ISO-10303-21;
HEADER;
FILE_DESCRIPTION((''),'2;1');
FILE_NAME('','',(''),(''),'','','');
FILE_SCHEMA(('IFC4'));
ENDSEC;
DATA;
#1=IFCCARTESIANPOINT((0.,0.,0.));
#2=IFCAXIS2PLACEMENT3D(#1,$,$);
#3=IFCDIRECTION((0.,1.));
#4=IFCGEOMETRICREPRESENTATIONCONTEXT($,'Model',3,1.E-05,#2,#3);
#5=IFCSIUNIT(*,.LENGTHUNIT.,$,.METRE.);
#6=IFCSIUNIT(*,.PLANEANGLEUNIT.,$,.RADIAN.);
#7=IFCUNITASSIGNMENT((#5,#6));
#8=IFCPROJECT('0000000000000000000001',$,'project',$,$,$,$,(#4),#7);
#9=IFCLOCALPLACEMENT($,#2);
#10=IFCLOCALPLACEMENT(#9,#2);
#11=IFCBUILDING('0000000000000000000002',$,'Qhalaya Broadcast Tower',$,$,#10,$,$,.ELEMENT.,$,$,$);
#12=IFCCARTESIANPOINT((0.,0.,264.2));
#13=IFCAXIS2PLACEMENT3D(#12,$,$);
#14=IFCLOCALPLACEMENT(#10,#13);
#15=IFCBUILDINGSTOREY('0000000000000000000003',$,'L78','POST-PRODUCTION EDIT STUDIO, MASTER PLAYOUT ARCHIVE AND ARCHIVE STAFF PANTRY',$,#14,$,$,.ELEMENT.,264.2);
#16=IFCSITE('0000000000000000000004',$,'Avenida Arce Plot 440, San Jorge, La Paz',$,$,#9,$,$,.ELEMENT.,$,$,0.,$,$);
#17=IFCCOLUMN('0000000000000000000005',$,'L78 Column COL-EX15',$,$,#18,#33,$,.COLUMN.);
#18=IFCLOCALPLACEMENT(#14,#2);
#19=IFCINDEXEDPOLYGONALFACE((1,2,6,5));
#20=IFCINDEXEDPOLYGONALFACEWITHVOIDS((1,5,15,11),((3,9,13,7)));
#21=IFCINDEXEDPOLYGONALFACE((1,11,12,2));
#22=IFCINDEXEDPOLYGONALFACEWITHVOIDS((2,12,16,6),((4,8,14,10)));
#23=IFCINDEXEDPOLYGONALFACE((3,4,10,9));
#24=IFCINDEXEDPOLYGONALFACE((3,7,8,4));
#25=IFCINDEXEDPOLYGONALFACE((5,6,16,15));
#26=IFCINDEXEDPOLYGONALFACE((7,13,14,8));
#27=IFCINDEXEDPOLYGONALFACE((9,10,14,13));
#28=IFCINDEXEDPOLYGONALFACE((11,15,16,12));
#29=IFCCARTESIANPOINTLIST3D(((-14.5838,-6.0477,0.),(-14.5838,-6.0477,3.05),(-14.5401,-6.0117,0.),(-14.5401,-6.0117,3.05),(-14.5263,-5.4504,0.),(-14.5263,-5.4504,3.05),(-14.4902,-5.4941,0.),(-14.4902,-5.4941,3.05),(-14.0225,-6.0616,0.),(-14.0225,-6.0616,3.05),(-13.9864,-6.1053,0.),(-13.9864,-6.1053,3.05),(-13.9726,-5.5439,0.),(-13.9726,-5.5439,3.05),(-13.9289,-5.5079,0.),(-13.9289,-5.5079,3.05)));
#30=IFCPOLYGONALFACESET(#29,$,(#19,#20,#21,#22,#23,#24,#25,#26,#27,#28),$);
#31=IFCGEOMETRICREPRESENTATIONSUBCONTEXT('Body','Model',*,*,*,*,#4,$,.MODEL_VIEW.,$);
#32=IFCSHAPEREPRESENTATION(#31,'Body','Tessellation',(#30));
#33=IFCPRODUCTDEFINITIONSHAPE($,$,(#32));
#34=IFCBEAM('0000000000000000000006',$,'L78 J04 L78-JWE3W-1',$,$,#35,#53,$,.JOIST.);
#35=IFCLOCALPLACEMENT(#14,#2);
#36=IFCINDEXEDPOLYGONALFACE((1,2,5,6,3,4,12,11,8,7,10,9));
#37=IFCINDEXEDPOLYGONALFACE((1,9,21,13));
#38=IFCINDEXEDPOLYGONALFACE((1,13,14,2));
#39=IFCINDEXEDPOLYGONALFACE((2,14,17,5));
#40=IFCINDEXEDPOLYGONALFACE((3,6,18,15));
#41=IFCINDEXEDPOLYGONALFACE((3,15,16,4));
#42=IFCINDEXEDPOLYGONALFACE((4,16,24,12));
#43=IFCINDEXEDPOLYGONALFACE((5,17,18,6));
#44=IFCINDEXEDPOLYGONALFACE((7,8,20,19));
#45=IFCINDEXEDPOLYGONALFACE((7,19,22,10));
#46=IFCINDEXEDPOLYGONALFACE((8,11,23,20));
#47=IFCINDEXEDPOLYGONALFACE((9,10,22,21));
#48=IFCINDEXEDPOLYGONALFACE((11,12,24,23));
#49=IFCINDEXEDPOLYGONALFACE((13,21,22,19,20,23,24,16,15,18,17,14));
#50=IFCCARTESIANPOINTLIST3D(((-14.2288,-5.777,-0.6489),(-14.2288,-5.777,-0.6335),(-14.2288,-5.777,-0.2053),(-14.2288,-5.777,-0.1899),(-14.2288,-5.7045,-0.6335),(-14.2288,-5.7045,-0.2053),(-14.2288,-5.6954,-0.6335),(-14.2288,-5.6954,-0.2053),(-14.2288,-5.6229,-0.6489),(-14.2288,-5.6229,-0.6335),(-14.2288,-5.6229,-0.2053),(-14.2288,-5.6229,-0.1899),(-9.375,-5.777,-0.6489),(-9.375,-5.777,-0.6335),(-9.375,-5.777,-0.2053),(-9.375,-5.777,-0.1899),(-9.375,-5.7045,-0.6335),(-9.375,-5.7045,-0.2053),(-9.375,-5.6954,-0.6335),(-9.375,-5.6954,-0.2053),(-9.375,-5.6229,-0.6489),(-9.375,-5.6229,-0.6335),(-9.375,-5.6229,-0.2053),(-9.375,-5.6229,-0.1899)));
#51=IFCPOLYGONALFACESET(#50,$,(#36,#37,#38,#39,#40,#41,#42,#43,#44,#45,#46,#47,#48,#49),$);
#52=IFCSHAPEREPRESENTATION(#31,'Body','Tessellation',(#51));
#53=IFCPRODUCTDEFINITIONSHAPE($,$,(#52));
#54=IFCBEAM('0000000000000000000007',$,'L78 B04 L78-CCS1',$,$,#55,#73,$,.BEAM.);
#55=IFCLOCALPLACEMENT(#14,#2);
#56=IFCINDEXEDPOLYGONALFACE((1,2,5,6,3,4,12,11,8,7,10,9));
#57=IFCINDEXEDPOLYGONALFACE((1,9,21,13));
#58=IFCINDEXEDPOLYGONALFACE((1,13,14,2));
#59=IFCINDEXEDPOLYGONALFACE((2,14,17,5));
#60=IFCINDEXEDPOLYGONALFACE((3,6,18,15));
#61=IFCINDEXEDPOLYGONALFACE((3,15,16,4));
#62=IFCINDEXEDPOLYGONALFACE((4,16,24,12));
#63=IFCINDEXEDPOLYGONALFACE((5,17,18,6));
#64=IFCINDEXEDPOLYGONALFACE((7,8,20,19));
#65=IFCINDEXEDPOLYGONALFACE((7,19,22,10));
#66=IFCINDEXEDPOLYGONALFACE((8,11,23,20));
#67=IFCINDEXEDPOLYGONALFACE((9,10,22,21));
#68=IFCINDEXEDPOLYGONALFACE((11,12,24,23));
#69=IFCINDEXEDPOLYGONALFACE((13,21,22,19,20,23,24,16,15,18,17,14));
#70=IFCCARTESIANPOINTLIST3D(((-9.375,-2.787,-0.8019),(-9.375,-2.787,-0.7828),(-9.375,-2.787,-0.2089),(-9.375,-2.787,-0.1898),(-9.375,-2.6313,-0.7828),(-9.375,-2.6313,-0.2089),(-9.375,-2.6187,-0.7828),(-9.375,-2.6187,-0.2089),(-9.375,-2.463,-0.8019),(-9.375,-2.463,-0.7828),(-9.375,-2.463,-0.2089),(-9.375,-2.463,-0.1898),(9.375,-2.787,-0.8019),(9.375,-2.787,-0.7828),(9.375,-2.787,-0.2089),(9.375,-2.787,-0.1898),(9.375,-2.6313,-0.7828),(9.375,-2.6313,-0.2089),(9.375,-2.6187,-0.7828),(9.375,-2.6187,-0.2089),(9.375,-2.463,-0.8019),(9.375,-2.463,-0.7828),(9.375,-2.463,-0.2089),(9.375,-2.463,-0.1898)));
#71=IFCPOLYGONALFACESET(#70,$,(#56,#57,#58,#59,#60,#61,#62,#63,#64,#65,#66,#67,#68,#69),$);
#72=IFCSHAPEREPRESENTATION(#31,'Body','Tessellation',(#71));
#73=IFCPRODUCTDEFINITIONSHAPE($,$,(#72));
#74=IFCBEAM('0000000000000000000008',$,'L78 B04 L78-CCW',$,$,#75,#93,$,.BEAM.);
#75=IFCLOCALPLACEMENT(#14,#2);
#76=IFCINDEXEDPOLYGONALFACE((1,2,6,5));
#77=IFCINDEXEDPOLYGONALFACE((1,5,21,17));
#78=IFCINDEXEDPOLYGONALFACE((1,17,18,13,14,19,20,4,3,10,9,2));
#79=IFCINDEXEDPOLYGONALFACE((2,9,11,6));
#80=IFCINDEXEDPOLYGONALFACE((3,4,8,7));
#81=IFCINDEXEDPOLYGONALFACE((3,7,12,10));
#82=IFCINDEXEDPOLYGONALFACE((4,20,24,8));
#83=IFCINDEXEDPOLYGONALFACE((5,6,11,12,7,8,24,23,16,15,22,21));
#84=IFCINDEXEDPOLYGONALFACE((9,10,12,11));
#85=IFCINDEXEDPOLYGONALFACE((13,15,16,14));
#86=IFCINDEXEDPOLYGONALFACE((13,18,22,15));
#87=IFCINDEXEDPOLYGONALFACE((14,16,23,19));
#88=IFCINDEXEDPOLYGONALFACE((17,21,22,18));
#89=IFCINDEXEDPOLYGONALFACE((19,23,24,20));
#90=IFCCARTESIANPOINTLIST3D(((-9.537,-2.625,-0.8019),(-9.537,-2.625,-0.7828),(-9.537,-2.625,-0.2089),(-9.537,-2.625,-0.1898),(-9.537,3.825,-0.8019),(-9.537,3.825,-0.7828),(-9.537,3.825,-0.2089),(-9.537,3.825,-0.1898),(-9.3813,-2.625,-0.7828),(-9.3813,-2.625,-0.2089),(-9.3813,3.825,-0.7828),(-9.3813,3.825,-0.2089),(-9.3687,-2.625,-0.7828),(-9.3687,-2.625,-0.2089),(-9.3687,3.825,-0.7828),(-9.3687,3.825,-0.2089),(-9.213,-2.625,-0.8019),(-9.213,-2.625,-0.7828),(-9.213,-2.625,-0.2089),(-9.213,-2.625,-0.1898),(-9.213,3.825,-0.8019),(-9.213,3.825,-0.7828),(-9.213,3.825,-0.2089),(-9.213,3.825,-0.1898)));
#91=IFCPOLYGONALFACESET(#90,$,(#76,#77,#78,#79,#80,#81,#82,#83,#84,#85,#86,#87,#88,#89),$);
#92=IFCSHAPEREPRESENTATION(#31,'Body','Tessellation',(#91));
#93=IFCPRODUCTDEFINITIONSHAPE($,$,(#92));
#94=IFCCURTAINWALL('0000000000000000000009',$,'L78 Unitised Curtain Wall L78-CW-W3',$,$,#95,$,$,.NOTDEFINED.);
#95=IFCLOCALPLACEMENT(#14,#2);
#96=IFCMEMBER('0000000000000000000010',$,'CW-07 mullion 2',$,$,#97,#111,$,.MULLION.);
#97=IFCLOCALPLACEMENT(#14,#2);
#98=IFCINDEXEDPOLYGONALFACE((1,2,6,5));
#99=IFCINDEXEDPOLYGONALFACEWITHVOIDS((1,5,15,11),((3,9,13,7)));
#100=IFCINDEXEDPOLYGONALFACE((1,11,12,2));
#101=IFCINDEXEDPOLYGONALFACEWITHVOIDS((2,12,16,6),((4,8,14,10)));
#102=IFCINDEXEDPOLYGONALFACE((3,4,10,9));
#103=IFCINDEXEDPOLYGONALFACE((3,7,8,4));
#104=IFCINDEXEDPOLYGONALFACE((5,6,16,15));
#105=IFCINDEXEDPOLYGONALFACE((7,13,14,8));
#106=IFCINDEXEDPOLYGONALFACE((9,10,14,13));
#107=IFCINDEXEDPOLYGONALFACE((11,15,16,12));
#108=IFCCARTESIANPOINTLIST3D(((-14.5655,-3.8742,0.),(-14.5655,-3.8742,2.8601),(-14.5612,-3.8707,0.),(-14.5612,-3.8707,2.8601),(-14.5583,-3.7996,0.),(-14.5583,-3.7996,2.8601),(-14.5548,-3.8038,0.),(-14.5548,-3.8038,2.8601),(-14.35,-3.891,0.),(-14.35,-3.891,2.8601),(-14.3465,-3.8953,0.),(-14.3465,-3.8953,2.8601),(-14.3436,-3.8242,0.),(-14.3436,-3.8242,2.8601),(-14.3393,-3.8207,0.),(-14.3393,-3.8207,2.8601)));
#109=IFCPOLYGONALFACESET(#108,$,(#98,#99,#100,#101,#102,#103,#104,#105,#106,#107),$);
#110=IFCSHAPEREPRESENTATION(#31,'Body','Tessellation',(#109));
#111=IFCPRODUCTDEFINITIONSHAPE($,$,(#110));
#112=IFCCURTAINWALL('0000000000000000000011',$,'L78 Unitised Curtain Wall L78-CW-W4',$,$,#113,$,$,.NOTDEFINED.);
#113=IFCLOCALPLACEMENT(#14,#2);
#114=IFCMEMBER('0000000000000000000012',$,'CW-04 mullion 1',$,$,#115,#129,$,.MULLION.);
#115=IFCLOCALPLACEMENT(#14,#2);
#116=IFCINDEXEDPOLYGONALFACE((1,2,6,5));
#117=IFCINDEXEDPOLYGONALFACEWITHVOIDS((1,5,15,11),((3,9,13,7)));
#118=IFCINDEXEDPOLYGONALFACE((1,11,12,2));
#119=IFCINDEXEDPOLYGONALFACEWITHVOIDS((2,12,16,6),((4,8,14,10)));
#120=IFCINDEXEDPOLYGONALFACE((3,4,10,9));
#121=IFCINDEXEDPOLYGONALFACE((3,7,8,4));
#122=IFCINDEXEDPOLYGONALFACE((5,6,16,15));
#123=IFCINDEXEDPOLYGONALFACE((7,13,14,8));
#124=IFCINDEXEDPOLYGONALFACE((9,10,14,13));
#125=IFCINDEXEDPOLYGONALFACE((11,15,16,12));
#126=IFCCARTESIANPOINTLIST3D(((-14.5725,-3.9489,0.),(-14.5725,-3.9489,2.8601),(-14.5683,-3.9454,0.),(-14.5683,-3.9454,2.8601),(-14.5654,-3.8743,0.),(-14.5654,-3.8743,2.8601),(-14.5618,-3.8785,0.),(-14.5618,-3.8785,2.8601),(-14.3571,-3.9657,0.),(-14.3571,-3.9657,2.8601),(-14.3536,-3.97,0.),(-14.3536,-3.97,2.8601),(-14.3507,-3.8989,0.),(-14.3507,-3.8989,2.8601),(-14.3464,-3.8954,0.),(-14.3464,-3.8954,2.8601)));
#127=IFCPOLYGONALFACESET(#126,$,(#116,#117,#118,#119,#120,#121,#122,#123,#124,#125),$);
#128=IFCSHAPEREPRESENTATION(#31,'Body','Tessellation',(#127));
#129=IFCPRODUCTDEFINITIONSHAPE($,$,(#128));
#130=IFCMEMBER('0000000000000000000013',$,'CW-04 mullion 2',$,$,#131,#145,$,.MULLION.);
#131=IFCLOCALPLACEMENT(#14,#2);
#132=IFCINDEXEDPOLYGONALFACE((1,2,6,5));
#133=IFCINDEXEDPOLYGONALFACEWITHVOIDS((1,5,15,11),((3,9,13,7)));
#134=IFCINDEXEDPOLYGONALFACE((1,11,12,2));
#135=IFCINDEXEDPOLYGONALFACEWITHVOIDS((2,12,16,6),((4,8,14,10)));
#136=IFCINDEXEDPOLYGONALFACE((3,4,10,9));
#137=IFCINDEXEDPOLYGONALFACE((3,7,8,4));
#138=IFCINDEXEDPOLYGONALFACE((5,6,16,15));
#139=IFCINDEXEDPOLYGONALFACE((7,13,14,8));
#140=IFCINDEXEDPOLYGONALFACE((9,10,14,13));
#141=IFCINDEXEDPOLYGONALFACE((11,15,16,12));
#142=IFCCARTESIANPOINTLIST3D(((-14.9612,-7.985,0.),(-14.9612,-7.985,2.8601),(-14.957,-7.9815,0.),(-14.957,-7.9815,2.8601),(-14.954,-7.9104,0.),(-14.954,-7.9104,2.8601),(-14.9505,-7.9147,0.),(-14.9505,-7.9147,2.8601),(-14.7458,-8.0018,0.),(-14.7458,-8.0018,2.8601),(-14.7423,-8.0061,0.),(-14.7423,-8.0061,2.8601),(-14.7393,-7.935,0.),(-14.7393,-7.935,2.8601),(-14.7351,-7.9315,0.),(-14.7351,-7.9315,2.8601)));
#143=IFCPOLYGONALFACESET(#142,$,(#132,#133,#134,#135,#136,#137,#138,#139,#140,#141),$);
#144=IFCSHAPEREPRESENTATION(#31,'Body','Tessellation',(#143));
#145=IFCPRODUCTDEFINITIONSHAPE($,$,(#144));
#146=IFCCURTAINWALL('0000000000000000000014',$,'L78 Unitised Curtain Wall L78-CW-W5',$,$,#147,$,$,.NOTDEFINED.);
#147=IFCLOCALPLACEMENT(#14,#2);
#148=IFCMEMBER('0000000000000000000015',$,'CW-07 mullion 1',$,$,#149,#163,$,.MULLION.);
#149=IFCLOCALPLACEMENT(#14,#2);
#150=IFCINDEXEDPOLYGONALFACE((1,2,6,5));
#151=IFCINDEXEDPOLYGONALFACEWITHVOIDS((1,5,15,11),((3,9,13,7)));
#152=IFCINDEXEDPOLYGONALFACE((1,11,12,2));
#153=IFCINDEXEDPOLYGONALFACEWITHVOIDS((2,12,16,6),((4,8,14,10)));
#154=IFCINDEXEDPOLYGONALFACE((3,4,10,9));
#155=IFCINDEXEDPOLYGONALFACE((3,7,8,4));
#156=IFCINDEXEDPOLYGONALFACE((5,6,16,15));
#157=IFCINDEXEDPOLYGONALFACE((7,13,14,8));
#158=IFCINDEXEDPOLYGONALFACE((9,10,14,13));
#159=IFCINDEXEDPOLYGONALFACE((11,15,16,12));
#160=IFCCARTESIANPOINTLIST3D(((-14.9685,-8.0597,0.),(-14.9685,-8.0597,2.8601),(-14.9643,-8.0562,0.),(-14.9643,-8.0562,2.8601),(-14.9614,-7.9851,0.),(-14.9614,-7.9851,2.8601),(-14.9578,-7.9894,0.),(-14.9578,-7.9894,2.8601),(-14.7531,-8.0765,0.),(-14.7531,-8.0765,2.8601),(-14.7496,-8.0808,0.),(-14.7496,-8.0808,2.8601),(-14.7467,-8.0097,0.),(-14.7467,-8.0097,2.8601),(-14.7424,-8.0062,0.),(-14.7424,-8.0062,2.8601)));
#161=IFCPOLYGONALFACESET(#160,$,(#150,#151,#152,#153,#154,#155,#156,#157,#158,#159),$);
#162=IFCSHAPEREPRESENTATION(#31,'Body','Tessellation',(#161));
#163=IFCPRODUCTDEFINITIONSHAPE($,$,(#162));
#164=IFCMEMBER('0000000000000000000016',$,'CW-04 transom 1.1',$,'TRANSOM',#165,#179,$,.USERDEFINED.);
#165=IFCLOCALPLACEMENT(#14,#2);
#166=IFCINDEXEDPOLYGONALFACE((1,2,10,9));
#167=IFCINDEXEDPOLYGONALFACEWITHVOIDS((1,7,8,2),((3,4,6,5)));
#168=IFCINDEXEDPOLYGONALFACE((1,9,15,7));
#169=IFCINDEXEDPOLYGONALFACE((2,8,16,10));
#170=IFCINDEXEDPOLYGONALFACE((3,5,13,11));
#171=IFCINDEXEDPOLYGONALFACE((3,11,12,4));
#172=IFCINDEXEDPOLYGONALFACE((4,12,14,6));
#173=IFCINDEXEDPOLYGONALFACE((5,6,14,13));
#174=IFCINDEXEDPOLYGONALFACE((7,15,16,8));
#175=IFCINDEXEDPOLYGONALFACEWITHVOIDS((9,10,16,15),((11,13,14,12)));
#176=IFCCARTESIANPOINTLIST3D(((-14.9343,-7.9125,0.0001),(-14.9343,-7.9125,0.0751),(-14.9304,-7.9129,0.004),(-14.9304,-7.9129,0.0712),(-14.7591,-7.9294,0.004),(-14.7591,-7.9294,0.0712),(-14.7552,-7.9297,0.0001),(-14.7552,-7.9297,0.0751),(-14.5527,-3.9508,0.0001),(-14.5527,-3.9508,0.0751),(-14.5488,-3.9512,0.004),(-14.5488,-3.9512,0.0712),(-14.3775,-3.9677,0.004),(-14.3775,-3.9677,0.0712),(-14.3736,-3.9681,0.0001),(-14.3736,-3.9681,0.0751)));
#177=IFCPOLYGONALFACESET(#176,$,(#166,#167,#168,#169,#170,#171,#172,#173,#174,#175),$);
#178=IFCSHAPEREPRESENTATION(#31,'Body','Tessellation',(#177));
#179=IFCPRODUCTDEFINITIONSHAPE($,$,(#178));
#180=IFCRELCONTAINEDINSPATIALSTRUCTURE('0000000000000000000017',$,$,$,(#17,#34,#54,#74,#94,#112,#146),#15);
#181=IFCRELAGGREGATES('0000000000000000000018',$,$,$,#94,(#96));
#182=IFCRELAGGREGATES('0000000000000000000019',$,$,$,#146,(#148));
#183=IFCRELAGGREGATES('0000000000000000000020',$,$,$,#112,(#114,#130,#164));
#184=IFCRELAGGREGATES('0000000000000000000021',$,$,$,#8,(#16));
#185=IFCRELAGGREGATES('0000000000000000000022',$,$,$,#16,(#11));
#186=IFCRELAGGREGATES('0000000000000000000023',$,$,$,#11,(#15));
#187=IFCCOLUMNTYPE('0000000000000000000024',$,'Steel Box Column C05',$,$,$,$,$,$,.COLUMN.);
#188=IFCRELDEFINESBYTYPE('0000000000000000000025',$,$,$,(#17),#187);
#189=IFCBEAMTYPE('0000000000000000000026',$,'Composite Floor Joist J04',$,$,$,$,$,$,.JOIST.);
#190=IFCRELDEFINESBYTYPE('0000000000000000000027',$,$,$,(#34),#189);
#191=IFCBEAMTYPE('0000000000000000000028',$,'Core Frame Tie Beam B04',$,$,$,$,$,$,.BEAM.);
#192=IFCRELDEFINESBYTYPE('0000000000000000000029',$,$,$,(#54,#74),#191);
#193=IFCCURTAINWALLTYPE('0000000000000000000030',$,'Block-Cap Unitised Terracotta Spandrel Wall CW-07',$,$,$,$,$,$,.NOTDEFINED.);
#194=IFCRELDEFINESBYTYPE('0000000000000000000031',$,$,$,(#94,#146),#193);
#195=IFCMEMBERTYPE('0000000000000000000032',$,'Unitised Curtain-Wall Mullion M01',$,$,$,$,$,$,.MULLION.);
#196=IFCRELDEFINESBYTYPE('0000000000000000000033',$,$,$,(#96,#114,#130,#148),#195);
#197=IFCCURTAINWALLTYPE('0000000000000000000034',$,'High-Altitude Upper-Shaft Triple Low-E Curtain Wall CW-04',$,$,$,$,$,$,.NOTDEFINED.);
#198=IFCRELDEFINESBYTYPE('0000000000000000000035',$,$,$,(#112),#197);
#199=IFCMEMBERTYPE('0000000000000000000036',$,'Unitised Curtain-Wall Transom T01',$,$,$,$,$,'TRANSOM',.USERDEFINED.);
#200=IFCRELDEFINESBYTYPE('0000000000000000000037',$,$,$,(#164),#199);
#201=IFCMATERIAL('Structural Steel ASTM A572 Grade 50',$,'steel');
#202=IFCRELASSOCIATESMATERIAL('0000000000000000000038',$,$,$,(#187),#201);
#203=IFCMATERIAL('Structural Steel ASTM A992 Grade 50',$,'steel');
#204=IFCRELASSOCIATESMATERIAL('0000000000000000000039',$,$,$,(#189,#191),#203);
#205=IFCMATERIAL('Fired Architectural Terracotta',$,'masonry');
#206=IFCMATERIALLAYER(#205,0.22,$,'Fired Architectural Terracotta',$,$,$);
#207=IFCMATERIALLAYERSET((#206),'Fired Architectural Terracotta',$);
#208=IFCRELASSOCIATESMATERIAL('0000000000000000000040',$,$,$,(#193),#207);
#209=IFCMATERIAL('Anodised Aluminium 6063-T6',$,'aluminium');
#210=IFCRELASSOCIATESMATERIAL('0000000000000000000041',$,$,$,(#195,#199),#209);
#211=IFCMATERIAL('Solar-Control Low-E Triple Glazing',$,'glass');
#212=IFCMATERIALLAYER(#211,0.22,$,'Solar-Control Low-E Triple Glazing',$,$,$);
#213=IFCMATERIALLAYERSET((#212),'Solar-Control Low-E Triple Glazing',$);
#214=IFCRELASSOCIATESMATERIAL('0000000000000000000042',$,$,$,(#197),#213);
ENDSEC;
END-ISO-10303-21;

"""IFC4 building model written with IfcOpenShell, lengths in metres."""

from ifc_helpers import new_model, si_unit, direction, frame, origin, origin_2d, place, context, subcontext, project, spatial, hollow_rectangle, i_section, extrude, material, layer, layer_set, material_profile, profile_set, type_object, element, aggregate, save


model = new_model("IFC4")

# Units and contexts
model_context = context("Model", 3, precision=1e-05, world=origin(), true_north=direction((0.0, 1.0)))
body_context = subcontext(model_context, "Body", "Model", "MODEL_VIEW")
ifc_project = project(units=[si_unit("LENGTHUNIT", "METRE"), si_unit("PLANEANGLEUNIT", "RADIAN")], contexts=[model_context])

# Site, building, storey
site_placement = place(None, origin())
site = spatial("IfcSite", under=ifc_project, at=site_placement, Name="Avenida Arce Plot 440, San Jorge, La Paz", CompositionType="ELEMENT", RefElevation=0.0)
building_placement = place(site_placement, origin())
building = spatial("IfcBuilding", under=site, at=building_placement, Name="Qhalaya Broadcast Tower", CompositionType="ELEMENT")
storey_placement = place(building_placement, frame((0.0, 0.0, 264.2)))
storey = spatial("IfcBuildingStorey", under=building, at=storey_placement, Name="L78", Description="POST-PRODUCTION EDIT STUDIO, MASTER PLAYOUT ARCHIVE AND ARCHIVE STAFF PANTRY", CompositionType="ELEMENT", Elevation=264.2)

# Column
ifc_material_1 = material(Name="Structural Steel ASTM A572 Grade 50", Category="steel")
ifc_material_profile_1 = material_profile(ifc_material_1, hollow_rectangle(XDim=0.6001, YDim=0.6001, WallThickness=0.04, at=origin_2d()), Name="BOX 600x600x40")
ifc_profile_set_1 = profile_set([ifc_material_profile_1], Name="Structural Steel ASTM A572 Grade 50")
column_type = type_object("IfcColumnType", Name="Steel Box Column C05", PredefinedType="COLUMN", material=ifc_profile_set_1)
column_placement = place(storey_placement, frame((-14.2563, -5.7778, 0.0), z_axis=(0.0, 0.0, 1.0), x_axis=(0.095846, 0.995396, 0.0)))
element("IfcColumn", 1, at=column_placement, inside=storey, type_object=column_type, Name="L78 Column COL-EX15", PredefinedType="COLUMN", context=body_context, shape_type="SweptSolid", body=[
    extrude(hollow_rectangle(XDim=0.6001, YDim=0.6001, WallThickness=0.04, at=origin_2d()), origin(), (0.0, 0.0, 1.0), 3.05),
])

# Beams
ifc_material_2 = material(Name="Structural Steel ASTM A992 Grade 50", Category="steel")
ifc_material_profile_2 = material_profile(ifc_material_2, i_section(OverallWidth=0.1541, OverallDepth=0.459, WebThickness=0.009, FlangeThickness=0.0154, at=origin_2d()), Name="W18X46")
ifc_profile_set_2 = profile_set([ifc_material_profile_2], Name="Structural Steel ASTM A992 Grade 50")
beam_type_1 = type_object("IfcBeamType", Name="Composite Floor Joist J04", PredefinedType="JOIST", material=ifc_profile_set_2)
beam_1_placement = place(storey_placement, frame((-14.2288, -5.7, -0.4194), z_axis=(1.0, 0.0, 0.0), x_axis=(0.0, 1.0, 0.0)))
element("IfcBeam", 2, at=beam_1_placement, inside=storey, type_object=beam_type_1, Name="L78 J04 L78-JWE3W-1", PredefinedType="JOIST", context=body_context, shape_type="SweptSolid", body=[
    extrude(i_section(OverallWidth=0.1541, OverallDepth=0.459, WebThickness=0.009, FlangeThickness=0.0154, at=origin_2d()), origin(), (0.0, 0.0, 1.0), 4.8538),
])
ifc_material_profile_3 = material_profile(ifc_material_2, i_section(OverallWidth=0.324, OverallDepth=0.6121, WebThickness=0.0127, FlangeThickness=0.019, at=origin_2d()), Name="W24X104")
ifc_profile_set_3 = profile_set([ifc_material_profile_3], Name="Structural Steel ASTM A992 Grade 50")
beam_type_2 = type_object("IfcBeamType", Name="Core Frame Tie Beam B04", PredefinedType="BEAM", material=ifc_profile_set_3)
beam_2_placement = place(storey_placement, frame((-9.375, -2.625, -0.4958), z_axis=(1.0, 0.0, 0.0), x_axis=(0.0, 1.0, 0.0)))
element("IfcBeam", 3, at=beam_2_placement, inside=storey, type_object=beam_type_2, Name="L78 B04 L78-CCS1", PredefinedType="BEAM", context=body_context, shape_type="SweptSolid", body=[
    extrude(i_section(OverallWidth=0.324, OverallDepth=0.6121, WebThickness=0.0127, FlangeThickness=0.019, at=origin_2d()), origin(), (0.0, 0.0, 1.0), 18.75),
])
beam_3_placement = place(storey_placement, frame((-9.375, -2.625, -0.4958), z_axis=(0.0, 1.0, 0.0), x_axis=(-1.0, 0.0, 0.0)))
element("IfcBeam", 4, at=beam_3_placement, inside=storey, type_object=beam_type_2, Name="L78 B04 L78-CCW", PredefinedType="BEAM", context=body_context, shape_type="SweptSolid", body=[
    extrude(i_section(OverallWidth=0.324, OverallDepth=0.6121, WebThickness=0.0127, FlangeThickness=0.019, at=origin_2d()), origin(), (0.0, 0.0, 1.0), 6.45),
])

# Curtain wall, member
ifc_material_3 = material(Name="Fired Architectural Terracotta", Category="masonry")
ifc_layer_1 = layer(ifc_material_3, 0.22, Name="Fired Architectural Terracotta")
ifc_layer_set_1 = layer_set([ifc_layer_1], Name="Fired Architectural Terracotta")
curtain_wall_type_1 = type_object("IfcCurtainWallType", Name="Block-Cap Unitised Terracotta Spandrel Wall CW-07", PredefinedType="NOTDEFINED", material=ifc_layer_set_1)
curtain_wall_1_placement = place(storey_placement, origin())
curtain_wall_1 = element("IfcCurtainWall", 5, at=curtain_wall_1_placement, inside=storey, type_object=curtain_wall_type_1, Name="L78 Unitised Curtain Wall L78-CW-W3", PredefinedType="NOTDEFINED")
ifc_material_4 = material(Name="Anodised Aluminium 6063-T6", Category="aluminium")
ifc_material_profile_4 = material_profile(ifc_material_4, hollow_rectangle(XDim=0.075, YDim=0.22, WallThickness=0.0039, at=origin_2d()), Name="ALU-MUL 75x220x4")
ifc_profile_set_4 = profile_set([ifc_material_profile_4], Name="Anodised Aluminium 6063-T6")
member_type_1 = type_object("IfcMemberType", Name="Unitised Curtain-Wall Mullion M01", PredefinedType="MULLION", material=ifc_profile_set_4)
member_1_placement = place(storey_placement, frame((-14.4524, -3.8474, 0.0), z_axis=(0.0, 0.0, 1.0), x_axis=(-0.095843, -0.995396, 0.0)))
member_1 = element("IfcMember", 6, at=member_1_placement, type_object=member_type_1, Name="CW-07 mullion 2", PredefinedType="MULLION", context=body_context, shape_type="SweptSolid", body=[
    extrude(hollow_rectangle(XDim=0.075, YDim=0.22, WallThickness=0.0039, at=origin_2d()), origin(), (0.0, 0.0, 1.0), 2.8601),
])
aggregate(curtain_wall_1, [member_1])

# Curtain wall, members
ifc_material_5 = material(Name="Solar-Control Low-E Triple Glazing", Category="glass")
ifc_layer_2 = layer(ifc_material_5, 0.22, Name="Solar-Control Low-E Triple Glazing")
ifc_layer_set_2 = layer_set([ifc_layer_2], Name="Solar-Control Low-E Triple Glazing")
curtain_wall_type_2 = type_object("IfcCurtainWallType", Name="High-Altitude Upper-Shaft Triple Low-E Curtain Wall CW-04", PredefinedType="NOTDEFINED", material=ifc_layer_set_2)
curtain_wall_2_placement = place(storey_placement, origin())
curtain_wall_2 = element("IfcCurtainWall", 7, at=curtain_wall_2_placement, inside=storey, type_object=curtain_wall_type_2, Name="L78 Unitised Curtain Wall L78-CW-W4", PredefinedType="NOTDEFINED")
member_2_placement = place(storey_placement, frame((-14.4595, -3.9221, 0.0), z_axis=(0.0, 0.0, 1.0), x_axis=(-0.095859, -0.995395, 0.0)))
member_2 = element("IfcMember", 8, at=member_2_placement, type_object=member_type_1, Name="CW-04 mullion 1", PredefinedType="MULLION", context=body_context, shape_type="SweptSolid", body=[
    extrude(hollow_rectangle(XDim=0.075, YDim=0.22, WallThickness=0.0039, at=origin_2d()), origin(), (0.0, 0.0, 1.0), 2.8601),
])
member_3_placement = place(storey_placement, frame((-14.8481, -7.9583, 0.0), z_axis=(0.0, 0.0, 1.0), x_axis=(-0.095859, -0.995395, 0.0)))
member_3 = element("IfcMember", 9, at=member_3_placement, type_object=member_type_1, Name="CW-04 mullion 2", PredefinedType="MULLION", context=body_context, shape_type="SweptSolid", body=[
    extrude(hollow_rectangle(XDim=0.075, YDim=0.22, WallThickness=0.0039, at=origin_2d()), origin(), (0.0, 0.0, 1.0), 2.8601),
])

# Curtain wall, member
curtain_wall_3_placement = place(storey_placement, origin())
curtain_wall_3 = element("IfcCurtainWall", 10, at=curtain_wall_3_placement, inside=storey, type_object=curtain_wall_type_1, Name="L78 Unitised Curtain Wall L78-CW-W5", PredefinedType="NOTDEFINED")
member_4_placement = place(storey_placement, frame((-14.8555, -8.033, 0.0), z_axis=(0.0, 0.0, 1.0), x_axis=(-0.09584, -0.995397, 0.0)))
member_4 = element("IfcMember", 11, at=member_4_placement, type_object=member_type_1, Name="CW-07 mullion 1", PredefinedType="MULLION", context=body_context, shape_type="SweptSolid", body=[
    extrude(hollow_rectangle(XDim=0.075, YDim=0.22, WallThickness=0.0039, at=origin_2d()), origin(), (0.0, 0.0, 1.0), 2.8601),
])

# Member
ifc_material_profile_5 = material_profile(ifc_material_4, hollow_rectangle(XDim=0.075, YDim=0.1799, WallThickness=0.0039, at=origin_2d()), Name="ALU-TRN 75x180x4")
ifc_profile_set_5 = profile_set([ifc_material_profile_5], Name="Anodised Aluminium 6063-T6")
member_type_2 = type_object("IfcMemberType", Name="Unitised Curtain-Wall Transom T01", ElementType="TRANSOM", PredefinedType="USERDEFINED", material=ifc_profile_set_5)
member_5_placement = place(storey_placement, frame((-14.4631, -3.9595, 0.0376), z_axis=(-0.095877, -0.995393, 0.0), x_axis=(0.0, 0.0, 1.0)))
member_5 = element("IfcMember", 12, at=member_5_placement, type_object=member_type_2, Name="CW-04 transom 1.1", ObjectType="TRANSOM", PredefinedType="USERDEFINED", context=body_context, shape_type="SweptSolid", body=[
    extrude(hollow_rectangle(XDim=0.075, YDim=0.1799, WallThickness=0.0039, at=origin_2d()), origin(), (0.0, 0.0, 1.0), 3.98),
])
aggregate(curtain_wall_3, [member_4])

aggregate(curtain_wall_2, [member_2, member_3, member_5])

save(model, "model.ifc")
